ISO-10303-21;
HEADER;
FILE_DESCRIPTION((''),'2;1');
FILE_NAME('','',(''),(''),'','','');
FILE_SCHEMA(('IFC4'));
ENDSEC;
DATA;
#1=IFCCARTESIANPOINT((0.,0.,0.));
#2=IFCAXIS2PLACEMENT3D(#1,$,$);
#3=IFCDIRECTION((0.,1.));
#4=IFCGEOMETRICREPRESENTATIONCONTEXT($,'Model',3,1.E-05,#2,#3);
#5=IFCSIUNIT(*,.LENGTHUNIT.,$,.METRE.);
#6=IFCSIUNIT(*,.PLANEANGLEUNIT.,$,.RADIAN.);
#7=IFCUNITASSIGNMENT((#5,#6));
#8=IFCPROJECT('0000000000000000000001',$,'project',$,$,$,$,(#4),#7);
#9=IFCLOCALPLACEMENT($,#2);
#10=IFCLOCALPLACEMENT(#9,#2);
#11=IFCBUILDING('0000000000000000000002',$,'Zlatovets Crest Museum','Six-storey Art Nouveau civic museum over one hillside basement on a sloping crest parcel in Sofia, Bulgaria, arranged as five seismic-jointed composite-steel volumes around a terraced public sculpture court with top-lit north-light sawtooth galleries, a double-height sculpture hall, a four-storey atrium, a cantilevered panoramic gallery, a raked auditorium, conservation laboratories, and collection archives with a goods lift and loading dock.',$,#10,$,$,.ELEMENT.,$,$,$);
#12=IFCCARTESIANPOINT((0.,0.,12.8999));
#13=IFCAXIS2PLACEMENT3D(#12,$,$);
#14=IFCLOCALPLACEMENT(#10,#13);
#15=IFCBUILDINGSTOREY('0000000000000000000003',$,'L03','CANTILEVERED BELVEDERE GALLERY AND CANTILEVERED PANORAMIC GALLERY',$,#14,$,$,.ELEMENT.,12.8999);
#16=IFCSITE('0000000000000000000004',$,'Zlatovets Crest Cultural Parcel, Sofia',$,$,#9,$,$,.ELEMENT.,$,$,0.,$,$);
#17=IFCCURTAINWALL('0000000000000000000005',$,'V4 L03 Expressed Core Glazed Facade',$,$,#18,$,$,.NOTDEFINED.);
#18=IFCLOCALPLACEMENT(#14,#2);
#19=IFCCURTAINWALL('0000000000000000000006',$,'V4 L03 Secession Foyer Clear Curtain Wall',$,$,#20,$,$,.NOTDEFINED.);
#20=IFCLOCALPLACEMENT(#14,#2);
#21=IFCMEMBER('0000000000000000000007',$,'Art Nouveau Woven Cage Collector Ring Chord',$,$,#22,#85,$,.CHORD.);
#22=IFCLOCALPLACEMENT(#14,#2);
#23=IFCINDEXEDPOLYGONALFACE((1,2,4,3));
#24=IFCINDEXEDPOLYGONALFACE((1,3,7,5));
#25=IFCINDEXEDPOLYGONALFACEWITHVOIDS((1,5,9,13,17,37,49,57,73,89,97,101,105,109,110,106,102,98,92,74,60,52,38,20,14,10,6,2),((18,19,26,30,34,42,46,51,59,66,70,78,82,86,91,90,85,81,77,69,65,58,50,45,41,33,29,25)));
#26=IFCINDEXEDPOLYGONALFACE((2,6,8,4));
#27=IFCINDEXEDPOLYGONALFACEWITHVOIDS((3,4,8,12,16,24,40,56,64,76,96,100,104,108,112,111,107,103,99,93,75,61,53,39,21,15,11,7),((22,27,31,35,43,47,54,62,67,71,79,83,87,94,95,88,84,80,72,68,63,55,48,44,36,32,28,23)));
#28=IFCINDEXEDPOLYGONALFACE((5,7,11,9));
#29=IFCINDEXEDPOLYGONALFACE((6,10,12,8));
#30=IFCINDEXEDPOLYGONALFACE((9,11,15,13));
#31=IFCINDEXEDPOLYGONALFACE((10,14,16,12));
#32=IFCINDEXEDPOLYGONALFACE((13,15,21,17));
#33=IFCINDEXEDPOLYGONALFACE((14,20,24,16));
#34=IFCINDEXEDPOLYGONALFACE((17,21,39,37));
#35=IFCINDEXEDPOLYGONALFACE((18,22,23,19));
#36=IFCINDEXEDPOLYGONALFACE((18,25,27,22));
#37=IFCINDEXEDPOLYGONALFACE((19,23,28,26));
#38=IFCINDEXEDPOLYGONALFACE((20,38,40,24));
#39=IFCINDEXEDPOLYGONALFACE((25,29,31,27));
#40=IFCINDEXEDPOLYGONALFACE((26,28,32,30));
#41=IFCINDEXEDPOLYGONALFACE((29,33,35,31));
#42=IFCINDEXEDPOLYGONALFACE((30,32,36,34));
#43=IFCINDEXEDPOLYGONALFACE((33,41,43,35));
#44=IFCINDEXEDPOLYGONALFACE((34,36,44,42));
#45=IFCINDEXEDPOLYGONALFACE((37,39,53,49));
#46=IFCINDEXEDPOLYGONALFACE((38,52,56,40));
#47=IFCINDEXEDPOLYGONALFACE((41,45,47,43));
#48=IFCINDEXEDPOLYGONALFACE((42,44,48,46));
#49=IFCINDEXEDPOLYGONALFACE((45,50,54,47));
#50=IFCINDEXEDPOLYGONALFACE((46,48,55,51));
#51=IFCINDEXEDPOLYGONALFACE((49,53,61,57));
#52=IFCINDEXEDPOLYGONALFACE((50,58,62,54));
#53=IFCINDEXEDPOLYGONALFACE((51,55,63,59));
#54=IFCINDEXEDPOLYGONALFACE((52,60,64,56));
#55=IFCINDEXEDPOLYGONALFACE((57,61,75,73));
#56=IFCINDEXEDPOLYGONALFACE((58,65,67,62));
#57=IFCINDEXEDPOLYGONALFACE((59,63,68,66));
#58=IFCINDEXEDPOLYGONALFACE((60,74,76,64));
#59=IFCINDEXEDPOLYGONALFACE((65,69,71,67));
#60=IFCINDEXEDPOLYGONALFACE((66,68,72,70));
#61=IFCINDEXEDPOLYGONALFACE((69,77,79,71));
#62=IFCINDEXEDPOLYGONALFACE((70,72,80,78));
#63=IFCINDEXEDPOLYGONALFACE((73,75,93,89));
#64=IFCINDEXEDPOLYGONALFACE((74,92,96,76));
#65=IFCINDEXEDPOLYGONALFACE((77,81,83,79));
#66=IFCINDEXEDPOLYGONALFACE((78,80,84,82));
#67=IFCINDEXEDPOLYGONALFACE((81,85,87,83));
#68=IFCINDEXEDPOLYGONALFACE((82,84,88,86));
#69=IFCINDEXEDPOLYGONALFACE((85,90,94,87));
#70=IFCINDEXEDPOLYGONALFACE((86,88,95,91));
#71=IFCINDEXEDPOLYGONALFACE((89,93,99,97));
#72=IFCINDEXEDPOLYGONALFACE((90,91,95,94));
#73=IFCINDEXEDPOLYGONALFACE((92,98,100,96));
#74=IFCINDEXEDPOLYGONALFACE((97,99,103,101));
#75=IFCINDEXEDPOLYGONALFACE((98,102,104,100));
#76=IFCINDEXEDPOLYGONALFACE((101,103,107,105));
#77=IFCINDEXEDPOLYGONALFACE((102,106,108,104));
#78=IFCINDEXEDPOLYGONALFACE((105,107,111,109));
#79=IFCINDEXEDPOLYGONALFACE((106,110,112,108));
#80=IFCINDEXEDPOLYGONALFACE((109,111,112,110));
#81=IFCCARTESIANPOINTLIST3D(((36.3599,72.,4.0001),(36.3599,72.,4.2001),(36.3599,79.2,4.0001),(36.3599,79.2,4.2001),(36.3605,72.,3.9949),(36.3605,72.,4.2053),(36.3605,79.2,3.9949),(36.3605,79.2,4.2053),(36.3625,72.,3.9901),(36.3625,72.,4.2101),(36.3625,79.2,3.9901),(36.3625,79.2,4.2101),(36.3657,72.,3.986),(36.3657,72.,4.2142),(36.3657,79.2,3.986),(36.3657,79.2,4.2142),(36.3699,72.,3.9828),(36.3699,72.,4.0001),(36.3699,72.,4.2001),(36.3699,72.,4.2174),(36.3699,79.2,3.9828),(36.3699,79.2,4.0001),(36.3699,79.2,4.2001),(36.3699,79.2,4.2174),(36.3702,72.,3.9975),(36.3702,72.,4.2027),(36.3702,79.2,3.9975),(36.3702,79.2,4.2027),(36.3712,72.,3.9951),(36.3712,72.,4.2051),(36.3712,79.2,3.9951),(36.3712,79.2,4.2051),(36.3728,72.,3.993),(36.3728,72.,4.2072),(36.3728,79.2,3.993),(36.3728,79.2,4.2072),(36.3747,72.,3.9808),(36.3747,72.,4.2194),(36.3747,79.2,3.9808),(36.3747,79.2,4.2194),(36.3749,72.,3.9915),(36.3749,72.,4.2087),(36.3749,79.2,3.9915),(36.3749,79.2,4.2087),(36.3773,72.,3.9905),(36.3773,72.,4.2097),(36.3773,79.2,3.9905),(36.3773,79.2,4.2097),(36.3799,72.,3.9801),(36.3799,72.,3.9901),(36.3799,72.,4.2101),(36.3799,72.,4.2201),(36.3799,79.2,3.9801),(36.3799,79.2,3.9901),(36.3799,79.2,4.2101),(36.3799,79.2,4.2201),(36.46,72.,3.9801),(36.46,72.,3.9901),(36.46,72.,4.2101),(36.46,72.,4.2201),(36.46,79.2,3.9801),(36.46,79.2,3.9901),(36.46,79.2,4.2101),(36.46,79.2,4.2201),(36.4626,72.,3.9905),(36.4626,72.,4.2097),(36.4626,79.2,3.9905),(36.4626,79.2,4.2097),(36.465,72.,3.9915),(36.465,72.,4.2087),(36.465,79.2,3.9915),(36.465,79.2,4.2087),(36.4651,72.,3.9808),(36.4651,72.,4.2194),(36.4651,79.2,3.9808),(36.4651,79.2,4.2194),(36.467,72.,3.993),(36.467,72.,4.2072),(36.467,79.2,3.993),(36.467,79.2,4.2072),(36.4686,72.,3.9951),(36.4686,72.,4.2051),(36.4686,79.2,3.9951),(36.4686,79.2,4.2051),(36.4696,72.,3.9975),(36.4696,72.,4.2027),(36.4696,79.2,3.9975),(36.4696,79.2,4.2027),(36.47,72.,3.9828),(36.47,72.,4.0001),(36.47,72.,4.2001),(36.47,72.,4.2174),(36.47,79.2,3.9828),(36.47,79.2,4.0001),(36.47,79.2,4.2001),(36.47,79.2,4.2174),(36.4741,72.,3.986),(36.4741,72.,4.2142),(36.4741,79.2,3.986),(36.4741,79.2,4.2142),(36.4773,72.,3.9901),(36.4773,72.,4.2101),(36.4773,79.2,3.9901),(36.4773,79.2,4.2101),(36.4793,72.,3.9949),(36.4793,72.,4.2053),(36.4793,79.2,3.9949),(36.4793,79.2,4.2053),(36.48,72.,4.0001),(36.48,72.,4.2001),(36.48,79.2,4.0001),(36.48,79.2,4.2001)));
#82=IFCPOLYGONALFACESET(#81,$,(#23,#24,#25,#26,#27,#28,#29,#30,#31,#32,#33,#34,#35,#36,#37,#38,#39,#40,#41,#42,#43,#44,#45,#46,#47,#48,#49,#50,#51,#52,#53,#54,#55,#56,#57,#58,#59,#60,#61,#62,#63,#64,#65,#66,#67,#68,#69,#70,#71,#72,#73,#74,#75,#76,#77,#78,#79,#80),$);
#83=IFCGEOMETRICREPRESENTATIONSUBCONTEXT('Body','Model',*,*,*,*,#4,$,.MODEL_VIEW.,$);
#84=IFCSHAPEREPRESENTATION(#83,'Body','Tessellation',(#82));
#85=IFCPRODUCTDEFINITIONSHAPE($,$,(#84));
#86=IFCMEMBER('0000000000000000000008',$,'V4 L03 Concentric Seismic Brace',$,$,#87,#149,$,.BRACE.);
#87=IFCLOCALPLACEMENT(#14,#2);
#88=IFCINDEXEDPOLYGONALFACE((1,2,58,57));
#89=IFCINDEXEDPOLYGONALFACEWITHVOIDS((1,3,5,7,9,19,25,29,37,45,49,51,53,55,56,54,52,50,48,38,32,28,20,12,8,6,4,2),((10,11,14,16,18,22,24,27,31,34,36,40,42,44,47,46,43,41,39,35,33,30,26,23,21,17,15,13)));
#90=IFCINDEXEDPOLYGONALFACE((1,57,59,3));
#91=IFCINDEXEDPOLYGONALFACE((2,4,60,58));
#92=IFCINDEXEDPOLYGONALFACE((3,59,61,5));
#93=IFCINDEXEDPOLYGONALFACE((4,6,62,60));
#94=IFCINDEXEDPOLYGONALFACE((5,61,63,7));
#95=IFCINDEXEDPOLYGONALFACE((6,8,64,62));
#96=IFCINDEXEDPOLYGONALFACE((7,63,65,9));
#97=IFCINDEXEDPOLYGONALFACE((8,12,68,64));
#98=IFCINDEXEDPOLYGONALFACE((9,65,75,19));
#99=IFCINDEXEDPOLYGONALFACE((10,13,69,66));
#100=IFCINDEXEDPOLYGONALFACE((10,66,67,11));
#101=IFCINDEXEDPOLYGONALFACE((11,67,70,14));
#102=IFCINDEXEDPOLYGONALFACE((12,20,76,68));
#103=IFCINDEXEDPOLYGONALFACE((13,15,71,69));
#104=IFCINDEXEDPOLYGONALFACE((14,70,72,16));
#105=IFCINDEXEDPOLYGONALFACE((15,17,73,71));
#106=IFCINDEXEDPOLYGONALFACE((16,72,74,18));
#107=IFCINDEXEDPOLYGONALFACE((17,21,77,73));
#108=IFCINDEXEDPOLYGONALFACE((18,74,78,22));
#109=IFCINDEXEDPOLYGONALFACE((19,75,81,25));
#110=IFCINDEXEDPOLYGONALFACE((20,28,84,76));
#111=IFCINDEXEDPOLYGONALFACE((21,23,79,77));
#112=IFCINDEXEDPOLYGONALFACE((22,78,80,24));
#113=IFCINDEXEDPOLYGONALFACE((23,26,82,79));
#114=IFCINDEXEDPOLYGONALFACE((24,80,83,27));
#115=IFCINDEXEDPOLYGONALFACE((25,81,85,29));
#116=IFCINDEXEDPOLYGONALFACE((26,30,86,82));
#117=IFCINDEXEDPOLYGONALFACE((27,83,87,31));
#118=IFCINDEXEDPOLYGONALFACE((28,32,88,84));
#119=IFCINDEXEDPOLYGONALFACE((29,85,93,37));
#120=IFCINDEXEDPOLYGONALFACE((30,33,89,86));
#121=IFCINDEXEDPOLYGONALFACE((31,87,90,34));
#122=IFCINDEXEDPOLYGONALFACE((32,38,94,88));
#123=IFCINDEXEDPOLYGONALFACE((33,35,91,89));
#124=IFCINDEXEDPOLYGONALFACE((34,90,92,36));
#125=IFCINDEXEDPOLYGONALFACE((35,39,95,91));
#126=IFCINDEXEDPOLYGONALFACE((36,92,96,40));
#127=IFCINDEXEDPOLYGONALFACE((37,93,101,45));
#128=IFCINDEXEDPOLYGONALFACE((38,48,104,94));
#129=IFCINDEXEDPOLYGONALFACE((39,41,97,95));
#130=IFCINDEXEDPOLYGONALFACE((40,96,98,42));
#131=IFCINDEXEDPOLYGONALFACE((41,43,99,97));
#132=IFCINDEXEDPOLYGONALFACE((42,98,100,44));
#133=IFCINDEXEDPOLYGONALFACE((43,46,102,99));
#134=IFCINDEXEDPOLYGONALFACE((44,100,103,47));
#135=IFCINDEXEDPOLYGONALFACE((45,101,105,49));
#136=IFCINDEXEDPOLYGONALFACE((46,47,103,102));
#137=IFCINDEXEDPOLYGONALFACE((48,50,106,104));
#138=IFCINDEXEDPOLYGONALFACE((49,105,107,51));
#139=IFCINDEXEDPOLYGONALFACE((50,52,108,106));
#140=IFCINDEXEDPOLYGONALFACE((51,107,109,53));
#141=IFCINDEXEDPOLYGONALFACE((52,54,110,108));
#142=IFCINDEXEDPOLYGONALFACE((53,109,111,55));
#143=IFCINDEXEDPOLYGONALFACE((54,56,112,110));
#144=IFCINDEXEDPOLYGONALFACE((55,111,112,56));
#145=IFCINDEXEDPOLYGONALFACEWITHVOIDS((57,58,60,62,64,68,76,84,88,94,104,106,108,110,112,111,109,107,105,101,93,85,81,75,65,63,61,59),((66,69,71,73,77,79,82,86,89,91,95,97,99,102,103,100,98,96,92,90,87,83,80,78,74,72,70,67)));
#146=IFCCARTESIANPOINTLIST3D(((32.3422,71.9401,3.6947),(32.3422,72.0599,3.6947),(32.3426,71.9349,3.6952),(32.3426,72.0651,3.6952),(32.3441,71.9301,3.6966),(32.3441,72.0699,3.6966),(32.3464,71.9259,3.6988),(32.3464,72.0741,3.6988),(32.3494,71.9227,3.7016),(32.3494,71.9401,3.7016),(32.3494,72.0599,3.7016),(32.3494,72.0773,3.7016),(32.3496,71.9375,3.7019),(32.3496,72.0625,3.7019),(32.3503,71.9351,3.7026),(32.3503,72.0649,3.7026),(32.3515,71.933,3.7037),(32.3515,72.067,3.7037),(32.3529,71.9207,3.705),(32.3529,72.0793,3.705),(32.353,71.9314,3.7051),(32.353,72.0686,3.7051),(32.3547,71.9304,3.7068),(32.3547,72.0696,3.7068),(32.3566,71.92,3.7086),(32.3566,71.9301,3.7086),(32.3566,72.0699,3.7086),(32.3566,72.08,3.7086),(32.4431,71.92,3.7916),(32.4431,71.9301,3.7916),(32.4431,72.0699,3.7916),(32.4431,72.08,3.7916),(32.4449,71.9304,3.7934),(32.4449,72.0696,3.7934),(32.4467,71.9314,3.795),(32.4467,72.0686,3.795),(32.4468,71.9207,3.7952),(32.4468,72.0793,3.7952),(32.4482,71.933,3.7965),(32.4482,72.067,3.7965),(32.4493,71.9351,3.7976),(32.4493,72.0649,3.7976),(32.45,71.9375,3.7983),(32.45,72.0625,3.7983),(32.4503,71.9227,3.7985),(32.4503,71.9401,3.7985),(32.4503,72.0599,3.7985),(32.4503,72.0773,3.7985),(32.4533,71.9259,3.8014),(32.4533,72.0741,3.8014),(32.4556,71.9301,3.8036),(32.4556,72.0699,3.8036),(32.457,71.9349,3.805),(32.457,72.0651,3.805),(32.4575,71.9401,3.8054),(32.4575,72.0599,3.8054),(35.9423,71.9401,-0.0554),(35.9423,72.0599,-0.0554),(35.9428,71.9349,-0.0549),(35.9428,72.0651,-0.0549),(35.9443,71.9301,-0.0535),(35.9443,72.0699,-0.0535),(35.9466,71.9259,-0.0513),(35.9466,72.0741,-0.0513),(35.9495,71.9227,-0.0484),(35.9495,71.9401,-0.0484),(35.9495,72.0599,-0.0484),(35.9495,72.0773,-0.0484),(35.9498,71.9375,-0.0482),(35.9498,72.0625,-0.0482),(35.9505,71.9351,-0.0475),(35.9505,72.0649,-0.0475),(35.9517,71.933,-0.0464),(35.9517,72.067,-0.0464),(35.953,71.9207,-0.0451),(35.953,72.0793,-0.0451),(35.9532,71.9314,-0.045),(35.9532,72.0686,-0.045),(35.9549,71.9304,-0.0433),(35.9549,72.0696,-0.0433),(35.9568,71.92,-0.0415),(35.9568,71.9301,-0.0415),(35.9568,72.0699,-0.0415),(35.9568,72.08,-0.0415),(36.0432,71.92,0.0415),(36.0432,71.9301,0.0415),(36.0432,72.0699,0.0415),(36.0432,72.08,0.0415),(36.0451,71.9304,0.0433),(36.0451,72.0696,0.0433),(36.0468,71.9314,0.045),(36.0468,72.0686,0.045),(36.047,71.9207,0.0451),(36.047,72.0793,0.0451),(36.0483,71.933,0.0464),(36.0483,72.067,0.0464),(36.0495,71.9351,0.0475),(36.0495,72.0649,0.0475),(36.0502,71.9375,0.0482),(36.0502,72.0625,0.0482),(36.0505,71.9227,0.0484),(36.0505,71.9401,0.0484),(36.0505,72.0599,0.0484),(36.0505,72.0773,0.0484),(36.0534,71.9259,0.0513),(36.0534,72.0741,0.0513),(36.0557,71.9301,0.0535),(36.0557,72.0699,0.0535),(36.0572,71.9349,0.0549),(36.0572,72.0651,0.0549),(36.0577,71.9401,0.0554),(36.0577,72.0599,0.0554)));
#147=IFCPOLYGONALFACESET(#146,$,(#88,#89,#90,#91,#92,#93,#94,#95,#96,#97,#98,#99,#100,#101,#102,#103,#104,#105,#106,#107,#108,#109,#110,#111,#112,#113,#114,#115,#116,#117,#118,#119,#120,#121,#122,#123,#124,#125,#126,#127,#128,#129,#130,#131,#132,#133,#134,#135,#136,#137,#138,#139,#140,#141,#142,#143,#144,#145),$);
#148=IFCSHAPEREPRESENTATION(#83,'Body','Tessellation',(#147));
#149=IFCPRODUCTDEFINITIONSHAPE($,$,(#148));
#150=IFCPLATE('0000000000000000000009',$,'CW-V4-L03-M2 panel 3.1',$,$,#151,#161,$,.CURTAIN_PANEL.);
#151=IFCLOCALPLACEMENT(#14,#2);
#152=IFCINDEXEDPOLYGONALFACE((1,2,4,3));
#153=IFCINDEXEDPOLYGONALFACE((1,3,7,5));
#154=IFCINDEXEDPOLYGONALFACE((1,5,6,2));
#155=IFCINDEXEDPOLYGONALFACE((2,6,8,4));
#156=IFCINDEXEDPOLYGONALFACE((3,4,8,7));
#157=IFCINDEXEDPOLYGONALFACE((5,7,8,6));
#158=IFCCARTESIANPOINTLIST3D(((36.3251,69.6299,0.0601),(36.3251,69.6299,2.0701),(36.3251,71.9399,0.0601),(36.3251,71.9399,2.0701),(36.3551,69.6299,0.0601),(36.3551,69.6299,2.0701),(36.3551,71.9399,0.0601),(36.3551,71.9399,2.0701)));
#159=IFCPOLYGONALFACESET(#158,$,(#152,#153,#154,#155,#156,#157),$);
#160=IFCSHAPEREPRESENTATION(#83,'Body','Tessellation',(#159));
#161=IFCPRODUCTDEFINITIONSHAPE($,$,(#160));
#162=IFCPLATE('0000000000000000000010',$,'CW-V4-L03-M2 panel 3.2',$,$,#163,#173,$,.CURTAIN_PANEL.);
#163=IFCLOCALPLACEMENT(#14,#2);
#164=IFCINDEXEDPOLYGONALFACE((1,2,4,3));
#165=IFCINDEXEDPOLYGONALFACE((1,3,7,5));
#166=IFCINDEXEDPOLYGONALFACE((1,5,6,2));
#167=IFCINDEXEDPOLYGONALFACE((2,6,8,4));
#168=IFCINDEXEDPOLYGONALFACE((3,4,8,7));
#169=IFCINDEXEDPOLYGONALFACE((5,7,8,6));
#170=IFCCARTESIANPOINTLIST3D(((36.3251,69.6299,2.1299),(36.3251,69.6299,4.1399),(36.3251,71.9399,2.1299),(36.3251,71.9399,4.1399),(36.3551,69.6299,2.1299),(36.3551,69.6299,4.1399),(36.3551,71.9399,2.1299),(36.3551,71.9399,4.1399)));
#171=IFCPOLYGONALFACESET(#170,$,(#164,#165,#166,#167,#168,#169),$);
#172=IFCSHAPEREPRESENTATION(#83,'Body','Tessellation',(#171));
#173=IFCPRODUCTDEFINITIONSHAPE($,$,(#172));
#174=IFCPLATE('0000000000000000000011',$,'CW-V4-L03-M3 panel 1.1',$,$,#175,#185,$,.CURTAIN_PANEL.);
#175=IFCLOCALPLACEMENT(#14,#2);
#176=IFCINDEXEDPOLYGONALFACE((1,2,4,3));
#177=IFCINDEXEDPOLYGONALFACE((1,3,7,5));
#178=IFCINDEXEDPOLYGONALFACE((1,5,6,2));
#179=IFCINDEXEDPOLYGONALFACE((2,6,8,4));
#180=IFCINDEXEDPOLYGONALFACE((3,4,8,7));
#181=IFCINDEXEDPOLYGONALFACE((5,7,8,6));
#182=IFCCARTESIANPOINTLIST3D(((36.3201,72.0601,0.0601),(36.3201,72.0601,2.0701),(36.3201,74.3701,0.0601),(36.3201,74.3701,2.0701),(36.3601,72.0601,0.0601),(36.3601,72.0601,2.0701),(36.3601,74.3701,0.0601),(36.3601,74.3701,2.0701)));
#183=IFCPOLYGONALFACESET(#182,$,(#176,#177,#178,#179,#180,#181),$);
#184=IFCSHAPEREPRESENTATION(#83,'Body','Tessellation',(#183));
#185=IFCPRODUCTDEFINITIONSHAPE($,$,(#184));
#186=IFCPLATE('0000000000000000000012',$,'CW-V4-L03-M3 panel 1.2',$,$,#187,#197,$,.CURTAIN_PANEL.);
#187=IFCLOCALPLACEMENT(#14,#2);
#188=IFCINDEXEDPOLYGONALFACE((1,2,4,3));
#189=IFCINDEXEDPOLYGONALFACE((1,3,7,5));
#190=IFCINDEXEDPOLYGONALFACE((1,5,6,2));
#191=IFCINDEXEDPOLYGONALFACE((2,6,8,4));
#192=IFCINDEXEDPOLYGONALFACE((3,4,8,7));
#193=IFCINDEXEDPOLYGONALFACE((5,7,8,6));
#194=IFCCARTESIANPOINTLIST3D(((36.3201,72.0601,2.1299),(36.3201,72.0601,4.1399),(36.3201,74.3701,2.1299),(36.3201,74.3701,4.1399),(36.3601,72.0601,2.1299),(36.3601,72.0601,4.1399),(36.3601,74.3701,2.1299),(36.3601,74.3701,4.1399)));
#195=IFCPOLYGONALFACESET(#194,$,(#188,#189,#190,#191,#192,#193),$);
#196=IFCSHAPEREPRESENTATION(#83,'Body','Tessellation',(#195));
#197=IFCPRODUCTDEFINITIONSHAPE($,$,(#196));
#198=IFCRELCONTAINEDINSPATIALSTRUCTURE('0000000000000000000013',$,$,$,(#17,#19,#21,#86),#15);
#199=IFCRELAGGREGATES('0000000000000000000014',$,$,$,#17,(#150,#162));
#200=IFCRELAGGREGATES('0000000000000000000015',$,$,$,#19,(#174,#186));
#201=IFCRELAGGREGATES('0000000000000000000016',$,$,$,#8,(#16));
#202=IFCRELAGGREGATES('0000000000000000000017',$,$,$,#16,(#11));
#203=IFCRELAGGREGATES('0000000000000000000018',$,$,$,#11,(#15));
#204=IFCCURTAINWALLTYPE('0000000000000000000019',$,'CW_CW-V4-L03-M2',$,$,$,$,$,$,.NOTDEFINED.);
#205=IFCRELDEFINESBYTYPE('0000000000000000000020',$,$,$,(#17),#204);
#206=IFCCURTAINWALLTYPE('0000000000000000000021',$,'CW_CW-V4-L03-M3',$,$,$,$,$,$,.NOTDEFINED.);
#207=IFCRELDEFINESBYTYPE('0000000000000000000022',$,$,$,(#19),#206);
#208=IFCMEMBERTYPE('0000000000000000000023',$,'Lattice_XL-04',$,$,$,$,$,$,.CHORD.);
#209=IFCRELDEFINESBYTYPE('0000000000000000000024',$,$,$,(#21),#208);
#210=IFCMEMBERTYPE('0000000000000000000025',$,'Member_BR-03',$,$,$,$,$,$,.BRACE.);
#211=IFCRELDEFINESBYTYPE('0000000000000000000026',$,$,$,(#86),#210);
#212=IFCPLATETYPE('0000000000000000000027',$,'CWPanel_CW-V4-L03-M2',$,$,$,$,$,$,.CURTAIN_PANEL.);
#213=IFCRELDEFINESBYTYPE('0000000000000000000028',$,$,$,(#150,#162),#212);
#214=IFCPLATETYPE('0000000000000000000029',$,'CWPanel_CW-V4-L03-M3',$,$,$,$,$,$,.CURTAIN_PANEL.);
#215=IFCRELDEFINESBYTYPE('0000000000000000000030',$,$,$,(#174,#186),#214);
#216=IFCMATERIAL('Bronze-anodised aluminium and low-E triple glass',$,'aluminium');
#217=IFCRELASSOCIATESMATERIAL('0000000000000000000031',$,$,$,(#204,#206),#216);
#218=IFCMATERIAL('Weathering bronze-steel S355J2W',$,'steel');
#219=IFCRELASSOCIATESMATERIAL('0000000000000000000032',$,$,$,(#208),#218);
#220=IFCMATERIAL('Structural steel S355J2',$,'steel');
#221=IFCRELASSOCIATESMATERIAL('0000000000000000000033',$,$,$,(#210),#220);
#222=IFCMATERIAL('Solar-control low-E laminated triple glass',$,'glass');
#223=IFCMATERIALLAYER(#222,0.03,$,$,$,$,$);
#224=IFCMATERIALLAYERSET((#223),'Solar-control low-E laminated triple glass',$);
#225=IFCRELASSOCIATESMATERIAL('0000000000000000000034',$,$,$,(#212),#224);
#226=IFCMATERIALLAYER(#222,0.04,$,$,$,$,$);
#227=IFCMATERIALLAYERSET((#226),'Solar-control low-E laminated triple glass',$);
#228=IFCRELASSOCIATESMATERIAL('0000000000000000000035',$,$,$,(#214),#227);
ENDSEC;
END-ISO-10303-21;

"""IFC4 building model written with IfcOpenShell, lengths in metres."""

from ifc_helpers import new_model, si_unit, direction, frame, origin, origin_2d, place, context, subcontext, project, spatial, rectangle, hollow_rectangle, extrude, material, layer, layer_set, material_profile, profile_set, type_object, element, aggregate, save


model = new_model("IFC4")

# Units and contexts
model_context = context("Model", 3, precision=1e-05, world=origin(), true_north=direction((0.0, 1.0)))
body_context = subcontext(model_context, "Body", "Model", "MODEL_VIEW")
ifc_project = project(units=[si_unit("LENGTHUNIT", "METRE"), si_unit("PLANEANGLEUNIT", "RADIAN")], contexts=[model_context])

# Site, building, storey
site_placement = place(None, origin())
site = spatial("IfcSite", under=ifc_project, at=site_placement, Name="Zlatovets Crest Cultural Parcel, Sofia", CompositionType="ELEMENT", RefElevation=0.0)
building_placement = place(site_placement, origin())
building = spatial("IfcBuilding", under=site, at=building_placement, Name="Zlatovets Crest Museum", Description="Six-storey Art Nouveau civic museum over one hillside basement on a sloping crest parcel in Sofia, Bulgaria, arranged as five seismic-jointed composite-steel volumes around a terraced public sculpture court with top-lit north-light sawtooth galleries, a double-height sculpture hall, a four-storey atrium, a cantilevered panoramic gallery, a raked auditorium, conservation laboratories, and collection archives with a goods lift and loading dock.", CompositionType="ELEMENT")
storey_placement = place(building_placement, frame((0.0, 0.0, 12.8999)))
storey = spatial("IfcBuildingStorey", under=building, at=storey_placement, Name="L03", Description="CANTILEVERED BELVEDERE GALLERY AND CANTILEVERED PANORAMIC GALLERY", CompositionType="ELEMENT", Elevation=12.8999)

# Shared definitions
ifc_material_1 = material(Name="Structural steel S355J2", Category="steel")

# Curtain wall
ifc_material_2 = material(Name="Bronze-anodised aluminium and low-E triple glass", Category="aluminium")
curtain_wall_type_1 = type_object("IfcCurtainWallType", Name="CW_CW-V4-L03-M2", PredefinedType="NOTDEFINED", material=ifc_material_2)
curtain_wall_1_placement = place(storey_placement, origin())
curtain_wall_1 = element("IfcCurtainWall", 1, at=curtain_wall_1_placement, inside=storey, type_object=curtain_wall_type_1, Name="V4 L03 Expressed Core Glazed Facade", PredefinedType="NOTDEFINED")

# Curtain wall
curtain_wall_type_2 = type_object("IfcCurtainWallType", Name="CW_CW-V4-L03-M3", PredefinedType="NOTDEFINED", material=ifc_material_2)
curtain_wall_2_placement = place(storey_placement, origin())
curtain_wall_2 = element("IfcCurtainWall", 2, at=curtain_wall_2_placement, inside=storey, type_object=curtain_wall_type_2, Name="V4 L03 Secession Foyer Clear Curtain Wall", PredefinedType="NOTDEFINED")

# Members
ifc_material_3 = material(Name="Weathering bronze-steel S355J2W", Category="steel")
ifc_material_profile_1 = material_profile(ifc_material_3, hollow_rectangle(XDim=0.1201, YDim=0.24, WallThickness=0.01, InnerFilletRadius=0.01, OuterFilletRadius=0.02, at=origin_2d()), Name="RHS 120x240x10.0")
ifc_profile_set_1 = profile_set([ifc_material_profile_1], Name="Weathering bronze-steel S355J2W")
member_type_1 = type_object("IfcMemberType", Name="Lattice_XL-04", PredefinedType="CHORD", material=ifc_profile_set_1)
member_1_placement = place(storey_placement, frame((36.4199, 72.0, 4.1001), z_axis=(0.0, 1.0, 0.0), x_axis=(-1.0, 0.0, 0.0)))
element("IfcMember", 3, at=member_1_placement, inside=storey, type_object=member_type_1, Name="Art Nouveau Woven Cage Collector Ring Chord", PredefinedType="CHORD", context=body_context, shape_type="SweptSolid", body=[
    extrude(hollow_rectangle(XDim=0.1201, YDim=0.24, WallThickness=0.01, InnerFilletRadius=0.01, OuterFilletRadius=0.02, at=origin_2d()), origin(), (0.0, 0.0, 1.0), 7.2),
])
ifc_material_profile_2 = material_profile(ifc_material_1, hollow_rectangle(XDim=0.1599, YDim=0.1599, WallThickness=0.01, InnerFilletRadius=0.01, OuterFilletRadius=0.02, at=origin_2d()), Name="SHS 160x160x10.0")
ifc_profile_set_2 = profile_set([ifc_material_profile_2], Name="Structural steel S355J2")
member_type_2 = type_object("IfcMemberType", Name="Member_BR-03", PredefinedType="BRACE", material=ifc_profile_set_2)
member_2_placement = place(storey_placement, frame((36.0, 72.0, 0.0), z_axis=(-0.692542, 0.0, 0.721378), x_axis=(0.0, -1.0, 0.0)))
element("IfcMember", 4, at=member_2_placement, inside=storey, type_object=member_type_2, Name="V4 L03 Concentric Seismic Brace", PredefinedType="BRACE", context=body_context, shape_type="SweptSolid", body=[
    extrude(hollow_rectangle(XDim=0.1599, YDim=0.1599, WallThickness=0.01, InnerFilletRadius=0.01, OuterFilletRadius=0.02, at=origin_2d()), origin(), (0.0, 0.0, 1.0), 5.1985),
])

# Plates
ifc_material_4 = material(Name="Solar-control low-E laminated triple glass", Category="glass")
ifc_layer_1 = layer(ifc_material_4, 0.03)
ifc_layer_set_1 = layer_set([ifc_layer_1], Name="Solar-control low-E laminated triple glass")
plate_type_1 = type_object("IfcPlateType", Name="CWPanel_CW-V4-L03-M2", PredefinedType="CURTAIN_PANEL", material=ifc_layer_set_1)
plate_1_placement = place(storey_placement, frame((36.3401, 70.7849, 0.0601), z_axis=(0.0, 0.0, 1.0), x_axis=(0.0, 1.0, 0.0)))
plate_1 = element("IfcPlate", 5, at=plate_1_placement, type_object=plate_type_1, Name="CW-V4-L03-M2 panel 3.1", PredefinedType="CURTAIN_PANEL", context=body_context, shape_type="SweptSolid", body=[
    extrude(rectangle(XDim=2.3101, YDim=0.03, at=origin_2d()), origin(), (0.0, 0.0, 1.0), 2.01),
])
plate_2_placement = place(storey_placement, frame((36.3401, 70.7849, 2.1299), z_axis=(0.0, 0.0, 1.0), x_axis=(0.0, 1.0, 0.0)))
plate_2 = element("IfcPlate", 6, at=plate_2_placement, type_object=plate_type_1, Name="CW-V4-L03-M2 panel 3.2", PredefinedType="CURTAIN_PANEL", context=body_context, shape_type="SweptSolid", body=[
    extrude(rectangle(XDim=2.3101, YDim=0.03, at=origin_2d()), origin(), (0.0, 0.0, 1.0), 2.01),
])
aggregate(curtain_wall_1, [plate_1, plate_2])
ifc_layer_2 = layer(ifc_material_4, 0.04)
ifc_layer_set_2 = layer_set([ifc_layer_2], Name="Solar-control low-E laminated triple glass")
plate_type_2 = type_object("IfcPlateType", Name="CWPanel_CW-V4-L03-M3", PredefinedType="CURTAIN_PANEL", material=ifc_layer_set_2)
plate_3_placement = place(storey_placement, frame((36.3401, 73.2151, 0.0601), z_axis=(0.0, 0.0, 1.0), x_axis=(0.0, 1.0, 0.0)))
plate_3 = element("IfcPlate", 7, at=plate_3_placement, type_object=plate_type_2, Name="CW-V4-L03-M3 panel 1.1", PredefinedType="CURTAIN_PANEL", context=body_context, shape_type="SweptSolid", body=[
    extrude(rectangle(XDim=2.3101, YDim=0.04, at=origin_2d()), origin(), (0.0, 0.0, 1.0), 2.01),
])
plate_4_placement = place(storey_placement, frame((36.3401, 73.2151, 2.1299), z_axis=(0.0, 0.0, 1.0), x_axis=(0.0, 1.0, 0.0)))
plate_4 = element("IfcPlate", 8, at=plate_4_placement, type_object=plate_type_2, Name="CW-V4-L03-M3 panel 1.2", PredefinedType="CURTAIN_PANEL", context=body_context, shape_type="SweptSolid", body=[
    extrude(rectangle(XDim=2.3101, YDim=0.04, at=origin_2d()), origin(), (0.0, 0.0, 1.0), 2.01),
])
aggregate(curtain_wall_2, [plate_3, plate_4])

save(model, "model.ifc")
